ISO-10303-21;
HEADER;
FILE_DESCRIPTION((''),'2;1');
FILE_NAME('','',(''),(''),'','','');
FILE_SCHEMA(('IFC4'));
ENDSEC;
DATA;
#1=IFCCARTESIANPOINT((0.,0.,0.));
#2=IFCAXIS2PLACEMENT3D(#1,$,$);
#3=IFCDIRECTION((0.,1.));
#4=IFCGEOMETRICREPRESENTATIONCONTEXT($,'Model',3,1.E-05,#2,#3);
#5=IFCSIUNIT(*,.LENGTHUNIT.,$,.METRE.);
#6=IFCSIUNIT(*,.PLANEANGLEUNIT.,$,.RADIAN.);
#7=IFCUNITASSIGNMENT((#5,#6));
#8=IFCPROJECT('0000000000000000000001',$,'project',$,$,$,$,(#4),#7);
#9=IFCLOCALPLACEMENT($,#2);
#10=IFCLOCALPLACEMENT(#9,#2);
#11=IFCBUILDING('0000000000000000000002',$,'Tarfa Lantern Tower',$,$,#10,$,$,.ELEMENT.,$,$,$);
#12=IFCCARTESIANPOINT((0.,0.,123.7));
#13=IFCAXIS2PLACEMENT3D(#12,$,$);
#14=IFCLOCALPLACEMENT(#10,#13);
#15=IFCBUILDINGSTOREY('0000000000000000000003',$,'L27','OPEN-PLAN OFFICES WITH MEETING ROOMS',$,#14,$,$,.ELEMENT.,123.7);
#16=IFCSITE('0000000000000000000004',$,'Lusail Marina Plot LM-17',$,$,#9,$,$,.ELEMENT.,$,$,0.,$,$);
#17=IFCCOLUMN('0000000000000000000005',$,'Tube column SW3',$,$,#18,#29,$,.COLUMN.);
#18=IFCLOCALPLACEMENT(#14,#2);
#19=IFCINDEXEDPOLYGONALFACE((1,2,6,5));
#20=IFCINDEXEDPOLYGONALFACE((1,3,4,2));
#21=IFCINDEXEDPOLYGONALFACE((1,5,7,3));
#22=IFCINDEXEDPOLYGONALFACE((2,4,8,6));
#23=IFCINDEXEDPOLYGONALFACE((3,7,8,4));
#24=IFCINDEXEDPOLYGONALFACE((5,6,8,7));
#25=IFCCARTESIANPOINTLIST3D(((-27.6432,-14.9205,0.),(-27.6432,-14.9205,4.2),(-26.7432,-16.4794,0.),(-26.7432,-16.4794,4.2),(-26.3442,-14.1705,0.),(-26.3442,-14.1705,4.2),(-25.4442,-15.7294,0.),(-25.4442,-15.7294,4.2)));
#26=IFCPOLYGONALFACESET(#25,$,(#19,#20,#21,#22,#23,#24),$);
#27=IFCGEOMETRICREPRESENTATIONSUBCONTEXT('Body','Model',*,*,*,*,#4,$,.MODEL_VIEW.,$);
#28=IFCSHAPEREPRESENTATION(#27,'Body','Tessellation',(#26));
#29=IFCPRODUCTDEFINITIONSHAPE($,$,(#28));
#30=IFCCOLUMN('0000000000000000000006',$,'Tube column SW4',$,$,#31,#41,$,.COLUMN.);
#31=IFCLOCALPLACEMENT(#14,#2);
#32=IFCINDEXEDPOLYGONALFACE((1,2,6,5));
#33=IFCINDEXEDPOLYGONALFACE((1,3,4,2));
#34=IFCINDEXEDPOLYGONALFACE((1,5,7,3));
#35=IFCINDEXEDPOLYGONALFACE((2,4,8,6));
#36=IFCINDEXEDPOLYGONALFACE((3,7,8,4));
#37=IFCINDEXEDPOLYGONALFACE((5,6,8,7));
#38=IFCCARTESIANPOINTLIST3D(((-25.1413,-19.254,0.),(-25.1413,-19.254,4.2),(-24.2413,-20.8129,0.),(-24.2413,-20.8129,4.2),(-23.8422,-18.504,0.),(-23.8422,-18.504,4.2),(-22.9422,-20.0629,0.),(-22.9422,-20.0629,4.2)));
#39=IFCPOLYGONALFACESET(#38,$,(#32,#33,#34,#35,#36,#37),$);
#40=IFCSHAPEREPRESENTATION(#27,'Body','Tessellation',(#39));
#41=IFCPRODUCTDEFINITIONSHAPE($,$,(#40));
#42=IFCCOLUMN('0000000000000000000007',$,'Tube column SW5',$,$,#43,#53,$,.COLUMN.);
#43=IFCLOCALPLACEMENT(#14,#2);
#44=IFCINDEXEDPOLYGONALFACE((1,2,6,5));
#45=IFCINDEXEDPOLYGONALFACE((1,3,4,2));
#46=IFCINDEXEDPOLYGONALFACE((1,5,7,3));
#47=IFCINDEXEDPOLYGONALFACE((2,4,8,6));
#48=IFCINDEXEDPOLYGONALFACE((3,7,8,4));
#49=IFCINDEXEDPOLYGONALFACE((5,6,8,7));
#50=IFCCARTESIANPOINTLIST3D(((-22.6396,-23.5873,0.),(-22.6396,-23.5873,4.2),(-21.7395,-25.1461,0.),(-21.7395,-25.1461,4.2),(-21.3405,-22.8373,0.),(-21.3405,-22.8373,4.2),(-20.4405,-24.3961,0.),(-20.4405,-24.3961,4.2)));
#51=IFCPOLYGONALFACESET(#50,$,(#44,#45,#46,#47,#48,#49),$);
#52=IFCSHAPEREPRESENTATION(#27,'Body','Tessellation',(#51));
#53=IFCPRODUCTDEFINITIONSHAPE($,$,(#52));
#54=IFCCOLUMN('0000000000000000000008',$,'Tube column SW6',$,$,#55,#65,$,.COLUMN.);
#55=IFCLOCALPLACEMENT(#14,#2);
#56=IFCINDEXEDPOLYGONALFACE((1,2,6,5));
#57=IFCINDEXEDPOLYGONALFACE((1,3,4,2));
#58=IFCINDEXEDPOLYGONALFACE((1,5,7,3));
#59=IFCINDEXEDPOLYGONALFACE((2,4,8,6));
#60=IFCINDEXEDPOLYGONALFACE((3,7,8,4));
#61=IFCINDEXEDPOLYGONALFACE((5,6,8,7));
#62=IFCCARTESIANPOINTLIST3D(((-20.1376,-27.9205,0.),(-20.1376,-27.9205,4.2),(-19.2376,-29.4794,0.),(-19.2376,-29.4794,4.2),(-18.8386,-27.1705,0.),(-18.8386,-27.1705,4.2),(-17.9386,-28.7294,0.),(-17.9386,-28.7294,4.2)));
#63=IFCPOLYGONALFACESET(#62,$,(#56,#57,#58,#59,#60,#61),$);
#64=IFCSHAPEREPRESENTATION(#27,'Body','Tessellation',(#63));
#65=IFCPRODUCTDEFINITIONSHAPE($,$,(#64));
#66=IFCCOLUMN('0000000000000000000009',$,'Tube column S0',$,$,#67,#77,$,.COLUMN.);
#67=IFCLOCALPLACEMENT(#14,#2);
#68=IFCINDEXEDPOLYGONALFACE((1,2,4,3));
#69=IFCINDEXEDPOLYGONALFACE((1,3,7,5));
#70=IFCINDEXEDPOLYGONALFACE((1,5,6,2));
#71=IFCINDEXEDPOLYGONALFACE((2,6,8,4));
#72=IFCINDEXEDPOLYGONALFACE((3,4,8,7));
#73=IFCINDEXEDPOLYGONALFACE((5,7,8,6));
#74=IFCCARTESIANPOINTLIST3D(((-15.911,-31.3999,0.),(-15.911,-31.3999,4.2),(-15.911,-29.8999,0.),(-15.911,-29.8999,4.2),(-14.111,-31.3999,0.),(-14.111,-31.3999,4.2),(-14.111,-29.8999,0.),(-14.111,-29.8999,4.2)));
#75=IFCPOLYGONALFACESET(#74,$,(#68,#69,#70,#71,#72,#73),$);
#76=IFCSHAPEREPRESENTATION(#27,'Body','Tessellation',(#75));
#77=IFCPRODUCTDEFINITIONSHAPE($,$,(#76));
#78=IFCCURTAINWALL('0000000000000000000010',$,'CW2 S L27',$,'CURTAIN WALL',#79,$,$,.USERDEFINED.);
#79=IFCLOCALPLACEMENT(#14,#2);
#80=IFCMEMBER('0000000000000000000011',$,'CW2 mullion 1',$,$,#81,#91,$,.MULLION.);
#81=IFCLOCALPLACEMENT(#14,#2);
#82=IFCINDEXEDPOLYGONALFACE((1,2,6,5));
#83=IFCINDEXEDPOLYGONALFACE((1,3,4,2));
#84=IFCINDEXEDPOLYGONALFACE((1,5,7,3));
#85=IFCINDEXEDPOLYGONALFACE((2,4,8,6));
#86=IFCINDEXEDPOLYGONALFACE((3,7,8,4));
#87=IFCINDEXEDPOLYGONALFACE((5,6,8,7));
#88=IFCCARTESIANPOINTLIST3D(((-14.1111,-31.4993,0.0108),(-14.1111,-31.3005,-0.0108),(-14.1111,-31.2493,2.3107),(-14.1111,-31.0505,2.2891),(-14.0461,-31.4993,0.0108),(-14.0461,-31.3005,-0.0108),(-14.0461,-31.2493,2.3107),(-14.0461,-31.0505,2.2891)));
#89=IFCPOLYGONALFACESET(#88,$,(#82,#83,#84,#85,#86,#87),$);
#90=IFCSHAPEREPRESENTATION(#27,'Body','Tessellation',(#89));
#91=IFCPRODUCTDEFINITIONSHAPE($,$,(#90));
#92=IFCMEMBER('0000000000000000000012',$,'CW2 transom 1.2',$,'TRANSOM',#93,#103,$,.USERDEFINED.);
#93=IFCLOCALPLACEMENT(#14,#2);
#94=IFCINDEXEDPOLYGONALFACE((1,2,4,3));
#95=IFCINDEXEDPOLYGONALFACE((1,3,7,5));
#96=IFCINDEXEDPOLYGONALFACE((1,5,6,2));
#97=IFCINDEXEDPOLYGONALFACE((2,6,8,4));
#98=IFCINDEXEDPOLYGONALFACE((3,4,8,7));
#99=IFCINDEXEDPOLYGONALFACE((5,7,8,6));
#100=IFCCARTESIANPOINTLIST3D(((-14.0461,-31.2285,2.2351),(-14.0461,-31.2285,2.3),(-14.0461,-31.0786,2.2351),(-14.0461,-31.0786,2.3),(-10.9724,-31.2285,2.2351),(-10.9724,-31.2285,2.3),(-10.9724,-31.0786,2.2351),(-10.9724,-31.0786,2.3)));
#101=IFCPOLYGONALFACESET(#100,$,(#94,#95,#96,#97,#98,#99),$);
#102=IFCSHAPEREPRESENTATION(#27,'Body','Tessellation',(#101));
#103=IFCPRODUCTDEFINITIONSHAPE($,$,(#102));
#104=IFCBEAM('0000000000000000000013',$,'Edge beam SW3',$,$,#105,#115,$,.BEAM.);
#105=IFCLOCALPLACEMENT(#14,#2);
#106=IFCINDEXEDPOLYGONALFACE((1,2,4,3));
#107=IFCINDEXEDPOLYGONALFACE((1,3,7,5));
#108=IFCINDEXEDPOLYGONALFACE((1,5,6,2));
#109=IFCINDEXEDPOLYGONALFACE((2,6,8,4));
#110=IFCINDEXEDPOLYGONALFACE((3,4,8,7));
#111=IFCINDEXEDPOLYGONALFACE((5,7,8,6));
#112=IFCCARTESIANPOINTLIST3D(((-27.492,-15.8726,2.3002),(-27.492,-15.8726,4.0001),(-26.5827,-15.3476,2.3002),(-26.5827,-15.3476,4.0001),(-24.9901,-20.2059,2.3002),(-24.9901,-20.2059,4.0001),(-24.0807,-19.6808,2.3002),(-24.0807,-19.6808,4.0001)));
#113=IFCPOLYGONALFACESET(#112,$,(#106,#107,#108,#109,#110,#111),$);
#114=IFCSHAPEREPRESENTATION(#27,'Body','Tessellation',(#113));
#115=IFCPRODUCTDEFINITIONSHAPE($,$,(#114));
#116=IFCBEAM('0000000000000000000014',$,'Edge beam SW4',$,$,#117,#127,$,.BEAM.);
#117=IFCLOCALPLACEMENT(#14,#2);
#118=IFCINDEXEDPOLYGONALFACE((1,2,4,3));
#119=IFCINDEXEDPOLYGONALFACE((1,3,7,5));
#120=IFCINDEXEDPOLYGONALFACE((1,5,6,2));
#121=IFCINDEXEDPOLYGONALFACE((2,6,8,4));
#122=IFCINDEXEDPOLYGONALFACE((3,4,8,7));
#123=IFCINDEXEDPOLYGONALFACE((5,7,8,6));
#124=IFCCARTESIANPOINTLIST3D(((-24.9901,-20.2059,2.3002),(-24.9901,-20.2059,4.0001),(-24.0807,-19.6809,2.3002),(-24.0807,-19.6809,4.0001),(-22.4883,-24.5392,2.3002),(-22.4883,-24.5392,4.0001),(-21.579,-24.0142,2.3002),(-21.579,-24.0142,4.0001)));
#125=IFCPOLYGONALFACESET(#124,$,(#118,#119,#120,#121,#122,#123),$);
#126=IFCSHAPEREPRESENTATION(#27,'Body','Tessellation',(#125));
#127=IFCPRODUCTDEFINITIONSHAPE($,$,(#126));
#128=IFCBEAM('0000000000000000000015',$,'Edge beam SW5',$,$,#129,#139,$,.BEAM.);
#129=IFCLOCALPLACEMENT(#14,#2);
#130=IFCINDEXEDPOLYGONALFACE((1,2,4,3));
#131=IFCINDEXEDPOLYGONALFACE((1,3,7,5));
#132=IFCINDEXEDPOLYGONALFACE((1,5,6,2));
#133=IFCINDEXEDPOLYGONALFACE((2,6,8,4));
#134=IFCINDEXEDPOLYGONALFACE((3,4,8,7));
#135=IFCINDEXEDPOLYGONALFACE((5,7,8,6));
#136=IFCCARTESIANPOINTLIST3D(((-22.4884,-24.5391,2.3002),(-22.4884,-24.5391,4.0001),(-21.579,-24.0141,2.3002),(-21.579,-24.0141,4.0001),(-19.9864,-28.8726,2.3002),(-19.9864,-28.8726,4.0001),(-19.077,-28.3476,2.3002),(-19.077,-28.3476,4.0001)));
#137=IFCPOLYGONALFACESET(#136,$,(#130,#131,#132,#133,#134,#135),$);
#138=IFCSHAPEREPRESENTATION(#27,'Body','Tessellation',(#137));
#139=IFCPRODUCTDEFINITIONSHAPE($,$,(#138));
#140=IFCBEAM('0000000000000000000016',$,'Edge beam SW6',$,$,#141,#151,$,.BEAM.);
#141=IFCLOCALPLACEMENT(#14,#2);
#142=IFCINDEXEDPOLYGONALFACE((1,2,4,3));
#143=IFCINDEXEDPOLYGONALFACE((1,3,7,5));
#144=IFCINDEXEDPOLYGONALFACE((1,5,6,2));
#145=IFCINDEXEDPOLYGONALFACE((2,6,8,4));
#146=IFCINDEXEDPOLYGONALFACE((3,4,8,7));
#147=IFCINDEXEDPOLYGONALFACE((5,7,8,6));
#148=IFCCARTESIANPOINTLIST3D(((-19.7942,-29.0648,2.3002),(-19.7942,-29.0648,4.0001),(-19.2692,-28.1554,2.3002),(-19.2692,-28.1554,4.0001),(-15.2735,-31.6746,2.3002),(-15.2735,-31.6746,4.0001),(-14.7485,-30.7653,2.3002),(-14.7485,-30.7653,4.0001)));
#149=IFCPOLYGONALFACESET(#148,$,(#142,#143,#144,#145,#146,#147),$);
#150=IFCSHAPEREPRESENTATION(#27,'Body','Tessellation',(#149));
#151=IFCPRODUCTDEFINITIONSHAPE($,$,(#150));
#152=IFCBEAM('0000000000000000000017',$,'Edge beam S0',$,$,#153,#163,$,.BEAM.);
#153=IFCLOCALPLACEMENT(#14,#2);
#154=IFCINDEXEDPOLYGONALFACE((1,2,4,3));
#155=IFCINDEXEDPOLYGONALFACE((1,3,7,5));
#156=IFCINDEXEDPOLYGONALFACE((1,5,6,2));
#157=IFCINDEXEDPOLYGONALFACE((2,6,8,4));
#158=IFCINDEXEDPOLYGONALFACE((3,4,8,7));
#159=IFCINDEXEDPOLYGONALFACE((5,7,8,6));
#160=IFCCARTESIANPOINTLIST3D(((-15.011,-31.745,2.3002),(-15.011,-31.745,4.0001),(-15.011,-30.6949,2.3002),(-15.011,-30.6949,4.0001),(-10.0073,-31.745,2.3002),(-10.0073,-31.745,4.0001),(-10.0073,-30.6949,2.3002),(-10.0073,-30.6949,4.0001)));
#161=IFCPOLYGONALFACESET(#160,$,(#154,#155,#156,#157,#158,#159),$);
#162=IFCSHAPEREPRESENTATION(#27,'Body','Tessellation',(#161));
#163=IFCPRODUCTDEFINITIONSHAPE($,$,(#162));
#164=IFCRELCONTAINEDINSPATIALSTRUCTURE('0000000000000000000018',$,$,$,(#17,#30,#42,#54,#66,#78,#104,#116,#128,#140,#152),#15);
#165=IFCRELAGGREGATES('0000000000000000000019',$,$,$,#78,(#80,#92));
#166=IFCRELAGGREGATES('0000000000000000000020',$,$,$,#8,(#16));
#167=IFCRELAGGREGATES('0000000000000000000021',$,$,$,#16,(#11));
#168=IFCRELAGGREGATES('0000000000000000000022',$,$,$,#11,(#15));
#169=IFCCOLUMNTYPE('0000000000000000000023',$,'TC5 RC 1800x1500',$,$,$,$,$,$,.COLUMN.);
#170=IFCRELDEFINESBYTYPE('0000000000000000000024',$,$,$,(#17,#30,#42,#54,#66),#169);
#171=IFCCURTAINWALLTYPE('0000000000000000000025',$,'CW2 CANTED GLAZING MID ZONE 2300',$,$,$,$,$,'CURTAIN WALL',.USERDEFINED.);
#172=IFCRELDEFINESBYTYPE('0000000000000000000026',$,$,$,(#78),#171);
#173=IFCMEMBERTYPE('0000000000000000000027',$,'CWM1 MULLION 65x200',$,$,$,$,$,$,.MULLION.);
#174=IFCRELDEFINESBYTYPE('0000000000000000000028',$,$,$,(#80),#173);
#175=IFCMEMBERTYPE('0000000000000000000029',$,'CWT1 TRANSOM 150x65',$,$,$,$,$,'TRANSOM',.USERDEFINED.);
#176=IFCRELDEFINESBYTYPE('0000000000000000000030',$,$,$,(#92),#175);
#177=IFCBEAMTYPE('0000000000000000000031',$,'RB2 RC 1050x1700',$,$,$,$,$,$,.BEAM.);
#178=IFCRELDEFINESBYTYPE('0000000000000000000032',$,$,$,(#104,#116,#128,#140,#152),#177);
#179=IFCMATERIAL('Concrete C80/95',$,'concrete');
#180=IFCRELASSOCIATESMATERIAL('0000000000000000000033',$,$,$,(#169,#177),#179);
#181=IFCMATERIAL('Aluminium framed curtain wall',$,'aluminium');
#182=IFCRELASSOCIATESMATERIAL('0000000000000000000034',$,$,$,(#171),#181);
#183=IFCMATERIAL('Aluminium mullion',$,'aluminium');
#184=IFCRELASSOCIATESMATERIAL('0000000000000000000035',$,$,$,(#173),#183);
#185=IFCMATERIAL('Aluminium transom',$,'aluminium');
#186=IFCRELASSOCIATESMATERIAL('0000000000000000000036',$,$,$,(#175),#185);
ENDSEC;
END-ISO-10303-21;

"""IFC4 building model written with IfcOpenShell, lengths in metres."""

from ifc_helpers import new_model, si_unit, direction, frame, origin, origin_2d, place, context, subcontext, project, spatial, rectangle, extrude, material, material_profile, profile_set, type_object, element, aggregate, save


model = new_model("IFC4")

# Units and contexts
model_context = context("Model", 3, precision=1e-05, world=origin(), true_north=direction((0.0, 1.0)))
body_context = subcontext(model_context, "Body", "Model", "MODEL_VIEW")
ifc_project = project(units=[si_unit("LENGTHUNIT", "METRE"), si_unit("PLANEANGLEUNIT", "RADIAN")], contexts=[model_context])

# Site, building, storey
site_placement = place(None, origin())
site = spatial("IfcSite", under=ifc_project, at=site_placement, Name="Lusail Marina Plot LM-17", CompositionType="ELEMENT", RefElevation=0.0)
building_placement = place(site_placement, origin())
building = spatial("IfcBuilding", under=site, at=building_placement, Name="Tarfa Lantern Tower", CompositionType="ELEMENT")
storey_placement = place(building_placement, frame((0.0, 0.0, 123.7)))
storey = spatial("IfcBuildingStorey", under=building, at=storey_placement, Name="L27", Description="OPEN-PLAN OFFICES WITH MEETING ROOMS", CompositionType="ELEMENT", Elevation=123.7)

# Columns
ifc_material_1 = material(Name="Concrete C80/95", Category="concrete")
ifc_material_profile_1 = material_profile(ifc_material_1, rectangle(XDim=1.8, YDim=1.5, at=origin_2d()), Name="RC 1800x1500")
ifc_profile_set_1 = profile_set([ifc_material_profile_1], Name="Concrete C80/95")
column_type = type_object("IfcColumnType", Name="TC5 RC 1800x1500", PredefinedType="COLUMN", material=ifc_profile_set_1)
for number, where, z_axis, x_axis, name in (
    (1, (-26.5437, -15.325, 0.0), (0.0, 0.0, 1.0), (0.5, -0.866025, 0.0), "Tube column SW3"),
    (2, (-24.0417, -19.6584, 0.0), (0.0, 0.0, 1.0), (0.5, -0.866025, 0.0), "Tube column SW4"),
    (3, (-21.54, -23.9917, 0.0), (0.0, 0.0, 1.0), (0.5, -0.866025, 0.0), "Tube column SW5"),
    (4, (-19.0381, -28.325, 0.0), (0.0, 0.0, 1.0), (0.5, -0.866025, 0.0), "Tube column SW6"),
    (5, (-15.011, -30.6499, 0.0), (0.0, 0.0, 1.0), (1.0, 0.0, 0.0), "Tube column S0"),
):
    element("IfcColumn", number, at=place(storey_placement, frame(where, z_axis=z_axis, x_axis=x_axis)), inside=storey, type_object=column_type, Name=name, PredefinedType="COLUMN", context=body_context, shape_type="SweptSolid", body=[
        extrude(rectangle(XDim=1.8, YDim=1.5, at=origin_2d()), origin(), (0.0, 0.0, 1.0), 4.2),
    ])

# Curtain wall, members
ifc_material_2 = material(Name="Aluminium framed curtain wall", Category="aluminium")
curtain_wall_type = type_object("IfcCurtainWallType", Name="CW2 CANTED GLAZING MID ZONE 2300", ElementType="CURTAIN WALL", PredefinedType="USERDEFINED", material=ifc_material_2)
curtain_wall_placement = place(storey_placement, origin())
curtain_wall = element("IfcCurtainWall", 6, at=curtain_wall_placement, inside=storey, type_object=curtain_wall_type, Name="CW2 S L27", ObjectType="CURTAIN WALL", PredefinedType="USERDEFINED")
ifc_material_3 = material(Name="Aluminium mullion", Category="aluminium")
ifc_material_profile_2 = material_profile(ifc_material_3, rectangle(XDim=0.0649, YDim=0.2, at=origin_2d()), Name="AL MULLION 65x200")
ifc_profile_set_2 = profile_set([ifc_material_profile_2], Name="Aluminium mullion")
member_type_1 = type_object("IfcMemberType", Name="CWM1 MULLION 65x200", PredefinedType="MULLION", material=ifc_profile_set_2)
member_1_placement = place(storey_placement, frame((-14.0786, -31.3999, 0.0), z_axis=(0.0, 0.108057, 0.994145), x_axis=(-1.0, 0.0, 0.0)))
member_1 = element("IfcMember", 7, at=member_1_placement, type_object=member_type_1, Name="CW2 mullion 1", PredefinedType="MULLION", context=body_context, shape_type="SweptSolid", body=[
    extrude(rectangle(XDim=0.0649, YDim=0.2, at=origin_2d()), origin(), (0.0, 0.0, 1.0), 2.3135),
])
ifc_material_4 = material(Name="Aluminium transom", Category="aluminium")
ifc_material_profile_3 = material_profile(ifc_material_4, rectangle(XDim=0.1499, YDim=0.0649, at=origin_2d()), Name="AL TRANSOM 150x65")
ifc_profile_set_3 = profile_set([ifc_material_profile_3], Name="Aluminium transom")
member_type_2 = type_object("IfcMemberType", Name="CWT1 TRANSOM 150x65", ElementType="TRANSOM", PredefinedType="USERDEFINED", material=ifc_profile_set_3)
member_2_placement = place(storey_placement, frame((-14.0461, -31.1536, 2.2676), z_axis=(1.0, 0.0, 0.0), x_axis=(0.0, 1.0, 0.0)))
member_2 = element("IfcMember", 8, at=member_2_placement, type_object=member_type_2, Name="CW2 transom 1.2", ObjectType="TRANSOM", PredefinedType="USERDEFINED", context=body_context, shape_type="SweptSolid", body=[
    extrude(rectangle(XDim=0.1499, YDim=0.0649, at=origin_2d()), origin(), (0.0, 0.0, 1.0), 3.0737),
])

# Beams
ifc_material_profile_4 = material_profile(ifc_material_1, rectangle(XDim=1.05, YDim=1.7, at=origin_2d()), Name="RC 1050x1700")
ifc_profile_set_4 = profile_set([ifc_material_profile_4], Name="Concrete C80/95")
beam_type_1 = type_object("IfcBeamType", Name="RB2 RC 1050x1700", PredefinedType="BEAM", material=ifc_profile_set_4)
for number, where, z_axis, x_axis, name in (
    (9, (-27.0374, -15.6101, 3.1501), (0.500022, -0.866013, 0.0), (0.866013, 0.500022, 0.0), "Edge beam SW3"),
    (10, (-24.5354, -19.9434, 3.1501), (0.499986, -0.866034, 0.0), (0.866034, 0.499986, 0.0), "Edge beam SW4"),
):
    element("IfcBeam", number, at=place(storey_placement, frame(where, z_axis=z_axis, x_axis=x_axis)), inside=storey, type_object=beam_type_1, Name=name, PredefinedType="BEAM", context=body_context, shape_type="SweptSolid", body=[
        extrude(rectangle(XDim=1.05, YDim=1.7, at=origin_2d()), origin(), (0.0, 0.0, 1.0), 5.0037),
    ])
beam_1_placement = place(storey_placement, frame((-22.0337, -24.2766, 3.1501), z_axis=(0.500001, -0.866025, 0.0), x_axis=(0.866025, 0.500001, 0.0)))
element("IfcBeam", 11, at=beam_1_placement, inside=storey, type_object=beam_type_1, Name="Edge beam SW5", PredefinedType="BEAM", context=body_context, shape_type="SweptSolid", body=[
    extrude(rectangle(XDim=1.05, YDim=1.7, at=origin_2d()), origin(), (0.0, 0.0, 1.0), 5.0039),
])
beam_2_placement = place(storey_placement, frame((-19.5317, -28.6101, 3.1501), z_axis=(0.866042, -0.499972, 0.0), x_axis=(0.499972, 0.866042, 0.0)))
element("IfcBeam", 12, at=beam_2_placement, inside=storey, type_object=beam_type_1, Name="Edge beam SW6", PredefinedType="BEAM", context=body_context, shape_type="SweptSolid", body=[
    extrude(rectangle(XDim=1.05, YDim=1.7, at=origin_2d()), origin(), (0.0, 0.0, 1.0), 5.22),
])
beam_3_placement = place(storey_placement, frame((-15.011, -31.22, 3.1501), z_axis=(1.0, 0.0, 0.0), x_axis=(0.0, 1.0, 0.0)))
element("IfcBeam", 13, at=beam_3_placement, inside=storey, type_object=beam_type_1, Name="Edge beam S0", PredefinedType="BEAM", context=body_context, shape_type="SweptSolid", body=[
    extrude(rectangle(XDim=1.05, YDim=1.7, at=origin_2d()), origin(), (0.0, 0.0, 1.0), 5.0037),
])

aggregate(curtain_wall, [member_1, member_2])

save(model, "model.ifc")
